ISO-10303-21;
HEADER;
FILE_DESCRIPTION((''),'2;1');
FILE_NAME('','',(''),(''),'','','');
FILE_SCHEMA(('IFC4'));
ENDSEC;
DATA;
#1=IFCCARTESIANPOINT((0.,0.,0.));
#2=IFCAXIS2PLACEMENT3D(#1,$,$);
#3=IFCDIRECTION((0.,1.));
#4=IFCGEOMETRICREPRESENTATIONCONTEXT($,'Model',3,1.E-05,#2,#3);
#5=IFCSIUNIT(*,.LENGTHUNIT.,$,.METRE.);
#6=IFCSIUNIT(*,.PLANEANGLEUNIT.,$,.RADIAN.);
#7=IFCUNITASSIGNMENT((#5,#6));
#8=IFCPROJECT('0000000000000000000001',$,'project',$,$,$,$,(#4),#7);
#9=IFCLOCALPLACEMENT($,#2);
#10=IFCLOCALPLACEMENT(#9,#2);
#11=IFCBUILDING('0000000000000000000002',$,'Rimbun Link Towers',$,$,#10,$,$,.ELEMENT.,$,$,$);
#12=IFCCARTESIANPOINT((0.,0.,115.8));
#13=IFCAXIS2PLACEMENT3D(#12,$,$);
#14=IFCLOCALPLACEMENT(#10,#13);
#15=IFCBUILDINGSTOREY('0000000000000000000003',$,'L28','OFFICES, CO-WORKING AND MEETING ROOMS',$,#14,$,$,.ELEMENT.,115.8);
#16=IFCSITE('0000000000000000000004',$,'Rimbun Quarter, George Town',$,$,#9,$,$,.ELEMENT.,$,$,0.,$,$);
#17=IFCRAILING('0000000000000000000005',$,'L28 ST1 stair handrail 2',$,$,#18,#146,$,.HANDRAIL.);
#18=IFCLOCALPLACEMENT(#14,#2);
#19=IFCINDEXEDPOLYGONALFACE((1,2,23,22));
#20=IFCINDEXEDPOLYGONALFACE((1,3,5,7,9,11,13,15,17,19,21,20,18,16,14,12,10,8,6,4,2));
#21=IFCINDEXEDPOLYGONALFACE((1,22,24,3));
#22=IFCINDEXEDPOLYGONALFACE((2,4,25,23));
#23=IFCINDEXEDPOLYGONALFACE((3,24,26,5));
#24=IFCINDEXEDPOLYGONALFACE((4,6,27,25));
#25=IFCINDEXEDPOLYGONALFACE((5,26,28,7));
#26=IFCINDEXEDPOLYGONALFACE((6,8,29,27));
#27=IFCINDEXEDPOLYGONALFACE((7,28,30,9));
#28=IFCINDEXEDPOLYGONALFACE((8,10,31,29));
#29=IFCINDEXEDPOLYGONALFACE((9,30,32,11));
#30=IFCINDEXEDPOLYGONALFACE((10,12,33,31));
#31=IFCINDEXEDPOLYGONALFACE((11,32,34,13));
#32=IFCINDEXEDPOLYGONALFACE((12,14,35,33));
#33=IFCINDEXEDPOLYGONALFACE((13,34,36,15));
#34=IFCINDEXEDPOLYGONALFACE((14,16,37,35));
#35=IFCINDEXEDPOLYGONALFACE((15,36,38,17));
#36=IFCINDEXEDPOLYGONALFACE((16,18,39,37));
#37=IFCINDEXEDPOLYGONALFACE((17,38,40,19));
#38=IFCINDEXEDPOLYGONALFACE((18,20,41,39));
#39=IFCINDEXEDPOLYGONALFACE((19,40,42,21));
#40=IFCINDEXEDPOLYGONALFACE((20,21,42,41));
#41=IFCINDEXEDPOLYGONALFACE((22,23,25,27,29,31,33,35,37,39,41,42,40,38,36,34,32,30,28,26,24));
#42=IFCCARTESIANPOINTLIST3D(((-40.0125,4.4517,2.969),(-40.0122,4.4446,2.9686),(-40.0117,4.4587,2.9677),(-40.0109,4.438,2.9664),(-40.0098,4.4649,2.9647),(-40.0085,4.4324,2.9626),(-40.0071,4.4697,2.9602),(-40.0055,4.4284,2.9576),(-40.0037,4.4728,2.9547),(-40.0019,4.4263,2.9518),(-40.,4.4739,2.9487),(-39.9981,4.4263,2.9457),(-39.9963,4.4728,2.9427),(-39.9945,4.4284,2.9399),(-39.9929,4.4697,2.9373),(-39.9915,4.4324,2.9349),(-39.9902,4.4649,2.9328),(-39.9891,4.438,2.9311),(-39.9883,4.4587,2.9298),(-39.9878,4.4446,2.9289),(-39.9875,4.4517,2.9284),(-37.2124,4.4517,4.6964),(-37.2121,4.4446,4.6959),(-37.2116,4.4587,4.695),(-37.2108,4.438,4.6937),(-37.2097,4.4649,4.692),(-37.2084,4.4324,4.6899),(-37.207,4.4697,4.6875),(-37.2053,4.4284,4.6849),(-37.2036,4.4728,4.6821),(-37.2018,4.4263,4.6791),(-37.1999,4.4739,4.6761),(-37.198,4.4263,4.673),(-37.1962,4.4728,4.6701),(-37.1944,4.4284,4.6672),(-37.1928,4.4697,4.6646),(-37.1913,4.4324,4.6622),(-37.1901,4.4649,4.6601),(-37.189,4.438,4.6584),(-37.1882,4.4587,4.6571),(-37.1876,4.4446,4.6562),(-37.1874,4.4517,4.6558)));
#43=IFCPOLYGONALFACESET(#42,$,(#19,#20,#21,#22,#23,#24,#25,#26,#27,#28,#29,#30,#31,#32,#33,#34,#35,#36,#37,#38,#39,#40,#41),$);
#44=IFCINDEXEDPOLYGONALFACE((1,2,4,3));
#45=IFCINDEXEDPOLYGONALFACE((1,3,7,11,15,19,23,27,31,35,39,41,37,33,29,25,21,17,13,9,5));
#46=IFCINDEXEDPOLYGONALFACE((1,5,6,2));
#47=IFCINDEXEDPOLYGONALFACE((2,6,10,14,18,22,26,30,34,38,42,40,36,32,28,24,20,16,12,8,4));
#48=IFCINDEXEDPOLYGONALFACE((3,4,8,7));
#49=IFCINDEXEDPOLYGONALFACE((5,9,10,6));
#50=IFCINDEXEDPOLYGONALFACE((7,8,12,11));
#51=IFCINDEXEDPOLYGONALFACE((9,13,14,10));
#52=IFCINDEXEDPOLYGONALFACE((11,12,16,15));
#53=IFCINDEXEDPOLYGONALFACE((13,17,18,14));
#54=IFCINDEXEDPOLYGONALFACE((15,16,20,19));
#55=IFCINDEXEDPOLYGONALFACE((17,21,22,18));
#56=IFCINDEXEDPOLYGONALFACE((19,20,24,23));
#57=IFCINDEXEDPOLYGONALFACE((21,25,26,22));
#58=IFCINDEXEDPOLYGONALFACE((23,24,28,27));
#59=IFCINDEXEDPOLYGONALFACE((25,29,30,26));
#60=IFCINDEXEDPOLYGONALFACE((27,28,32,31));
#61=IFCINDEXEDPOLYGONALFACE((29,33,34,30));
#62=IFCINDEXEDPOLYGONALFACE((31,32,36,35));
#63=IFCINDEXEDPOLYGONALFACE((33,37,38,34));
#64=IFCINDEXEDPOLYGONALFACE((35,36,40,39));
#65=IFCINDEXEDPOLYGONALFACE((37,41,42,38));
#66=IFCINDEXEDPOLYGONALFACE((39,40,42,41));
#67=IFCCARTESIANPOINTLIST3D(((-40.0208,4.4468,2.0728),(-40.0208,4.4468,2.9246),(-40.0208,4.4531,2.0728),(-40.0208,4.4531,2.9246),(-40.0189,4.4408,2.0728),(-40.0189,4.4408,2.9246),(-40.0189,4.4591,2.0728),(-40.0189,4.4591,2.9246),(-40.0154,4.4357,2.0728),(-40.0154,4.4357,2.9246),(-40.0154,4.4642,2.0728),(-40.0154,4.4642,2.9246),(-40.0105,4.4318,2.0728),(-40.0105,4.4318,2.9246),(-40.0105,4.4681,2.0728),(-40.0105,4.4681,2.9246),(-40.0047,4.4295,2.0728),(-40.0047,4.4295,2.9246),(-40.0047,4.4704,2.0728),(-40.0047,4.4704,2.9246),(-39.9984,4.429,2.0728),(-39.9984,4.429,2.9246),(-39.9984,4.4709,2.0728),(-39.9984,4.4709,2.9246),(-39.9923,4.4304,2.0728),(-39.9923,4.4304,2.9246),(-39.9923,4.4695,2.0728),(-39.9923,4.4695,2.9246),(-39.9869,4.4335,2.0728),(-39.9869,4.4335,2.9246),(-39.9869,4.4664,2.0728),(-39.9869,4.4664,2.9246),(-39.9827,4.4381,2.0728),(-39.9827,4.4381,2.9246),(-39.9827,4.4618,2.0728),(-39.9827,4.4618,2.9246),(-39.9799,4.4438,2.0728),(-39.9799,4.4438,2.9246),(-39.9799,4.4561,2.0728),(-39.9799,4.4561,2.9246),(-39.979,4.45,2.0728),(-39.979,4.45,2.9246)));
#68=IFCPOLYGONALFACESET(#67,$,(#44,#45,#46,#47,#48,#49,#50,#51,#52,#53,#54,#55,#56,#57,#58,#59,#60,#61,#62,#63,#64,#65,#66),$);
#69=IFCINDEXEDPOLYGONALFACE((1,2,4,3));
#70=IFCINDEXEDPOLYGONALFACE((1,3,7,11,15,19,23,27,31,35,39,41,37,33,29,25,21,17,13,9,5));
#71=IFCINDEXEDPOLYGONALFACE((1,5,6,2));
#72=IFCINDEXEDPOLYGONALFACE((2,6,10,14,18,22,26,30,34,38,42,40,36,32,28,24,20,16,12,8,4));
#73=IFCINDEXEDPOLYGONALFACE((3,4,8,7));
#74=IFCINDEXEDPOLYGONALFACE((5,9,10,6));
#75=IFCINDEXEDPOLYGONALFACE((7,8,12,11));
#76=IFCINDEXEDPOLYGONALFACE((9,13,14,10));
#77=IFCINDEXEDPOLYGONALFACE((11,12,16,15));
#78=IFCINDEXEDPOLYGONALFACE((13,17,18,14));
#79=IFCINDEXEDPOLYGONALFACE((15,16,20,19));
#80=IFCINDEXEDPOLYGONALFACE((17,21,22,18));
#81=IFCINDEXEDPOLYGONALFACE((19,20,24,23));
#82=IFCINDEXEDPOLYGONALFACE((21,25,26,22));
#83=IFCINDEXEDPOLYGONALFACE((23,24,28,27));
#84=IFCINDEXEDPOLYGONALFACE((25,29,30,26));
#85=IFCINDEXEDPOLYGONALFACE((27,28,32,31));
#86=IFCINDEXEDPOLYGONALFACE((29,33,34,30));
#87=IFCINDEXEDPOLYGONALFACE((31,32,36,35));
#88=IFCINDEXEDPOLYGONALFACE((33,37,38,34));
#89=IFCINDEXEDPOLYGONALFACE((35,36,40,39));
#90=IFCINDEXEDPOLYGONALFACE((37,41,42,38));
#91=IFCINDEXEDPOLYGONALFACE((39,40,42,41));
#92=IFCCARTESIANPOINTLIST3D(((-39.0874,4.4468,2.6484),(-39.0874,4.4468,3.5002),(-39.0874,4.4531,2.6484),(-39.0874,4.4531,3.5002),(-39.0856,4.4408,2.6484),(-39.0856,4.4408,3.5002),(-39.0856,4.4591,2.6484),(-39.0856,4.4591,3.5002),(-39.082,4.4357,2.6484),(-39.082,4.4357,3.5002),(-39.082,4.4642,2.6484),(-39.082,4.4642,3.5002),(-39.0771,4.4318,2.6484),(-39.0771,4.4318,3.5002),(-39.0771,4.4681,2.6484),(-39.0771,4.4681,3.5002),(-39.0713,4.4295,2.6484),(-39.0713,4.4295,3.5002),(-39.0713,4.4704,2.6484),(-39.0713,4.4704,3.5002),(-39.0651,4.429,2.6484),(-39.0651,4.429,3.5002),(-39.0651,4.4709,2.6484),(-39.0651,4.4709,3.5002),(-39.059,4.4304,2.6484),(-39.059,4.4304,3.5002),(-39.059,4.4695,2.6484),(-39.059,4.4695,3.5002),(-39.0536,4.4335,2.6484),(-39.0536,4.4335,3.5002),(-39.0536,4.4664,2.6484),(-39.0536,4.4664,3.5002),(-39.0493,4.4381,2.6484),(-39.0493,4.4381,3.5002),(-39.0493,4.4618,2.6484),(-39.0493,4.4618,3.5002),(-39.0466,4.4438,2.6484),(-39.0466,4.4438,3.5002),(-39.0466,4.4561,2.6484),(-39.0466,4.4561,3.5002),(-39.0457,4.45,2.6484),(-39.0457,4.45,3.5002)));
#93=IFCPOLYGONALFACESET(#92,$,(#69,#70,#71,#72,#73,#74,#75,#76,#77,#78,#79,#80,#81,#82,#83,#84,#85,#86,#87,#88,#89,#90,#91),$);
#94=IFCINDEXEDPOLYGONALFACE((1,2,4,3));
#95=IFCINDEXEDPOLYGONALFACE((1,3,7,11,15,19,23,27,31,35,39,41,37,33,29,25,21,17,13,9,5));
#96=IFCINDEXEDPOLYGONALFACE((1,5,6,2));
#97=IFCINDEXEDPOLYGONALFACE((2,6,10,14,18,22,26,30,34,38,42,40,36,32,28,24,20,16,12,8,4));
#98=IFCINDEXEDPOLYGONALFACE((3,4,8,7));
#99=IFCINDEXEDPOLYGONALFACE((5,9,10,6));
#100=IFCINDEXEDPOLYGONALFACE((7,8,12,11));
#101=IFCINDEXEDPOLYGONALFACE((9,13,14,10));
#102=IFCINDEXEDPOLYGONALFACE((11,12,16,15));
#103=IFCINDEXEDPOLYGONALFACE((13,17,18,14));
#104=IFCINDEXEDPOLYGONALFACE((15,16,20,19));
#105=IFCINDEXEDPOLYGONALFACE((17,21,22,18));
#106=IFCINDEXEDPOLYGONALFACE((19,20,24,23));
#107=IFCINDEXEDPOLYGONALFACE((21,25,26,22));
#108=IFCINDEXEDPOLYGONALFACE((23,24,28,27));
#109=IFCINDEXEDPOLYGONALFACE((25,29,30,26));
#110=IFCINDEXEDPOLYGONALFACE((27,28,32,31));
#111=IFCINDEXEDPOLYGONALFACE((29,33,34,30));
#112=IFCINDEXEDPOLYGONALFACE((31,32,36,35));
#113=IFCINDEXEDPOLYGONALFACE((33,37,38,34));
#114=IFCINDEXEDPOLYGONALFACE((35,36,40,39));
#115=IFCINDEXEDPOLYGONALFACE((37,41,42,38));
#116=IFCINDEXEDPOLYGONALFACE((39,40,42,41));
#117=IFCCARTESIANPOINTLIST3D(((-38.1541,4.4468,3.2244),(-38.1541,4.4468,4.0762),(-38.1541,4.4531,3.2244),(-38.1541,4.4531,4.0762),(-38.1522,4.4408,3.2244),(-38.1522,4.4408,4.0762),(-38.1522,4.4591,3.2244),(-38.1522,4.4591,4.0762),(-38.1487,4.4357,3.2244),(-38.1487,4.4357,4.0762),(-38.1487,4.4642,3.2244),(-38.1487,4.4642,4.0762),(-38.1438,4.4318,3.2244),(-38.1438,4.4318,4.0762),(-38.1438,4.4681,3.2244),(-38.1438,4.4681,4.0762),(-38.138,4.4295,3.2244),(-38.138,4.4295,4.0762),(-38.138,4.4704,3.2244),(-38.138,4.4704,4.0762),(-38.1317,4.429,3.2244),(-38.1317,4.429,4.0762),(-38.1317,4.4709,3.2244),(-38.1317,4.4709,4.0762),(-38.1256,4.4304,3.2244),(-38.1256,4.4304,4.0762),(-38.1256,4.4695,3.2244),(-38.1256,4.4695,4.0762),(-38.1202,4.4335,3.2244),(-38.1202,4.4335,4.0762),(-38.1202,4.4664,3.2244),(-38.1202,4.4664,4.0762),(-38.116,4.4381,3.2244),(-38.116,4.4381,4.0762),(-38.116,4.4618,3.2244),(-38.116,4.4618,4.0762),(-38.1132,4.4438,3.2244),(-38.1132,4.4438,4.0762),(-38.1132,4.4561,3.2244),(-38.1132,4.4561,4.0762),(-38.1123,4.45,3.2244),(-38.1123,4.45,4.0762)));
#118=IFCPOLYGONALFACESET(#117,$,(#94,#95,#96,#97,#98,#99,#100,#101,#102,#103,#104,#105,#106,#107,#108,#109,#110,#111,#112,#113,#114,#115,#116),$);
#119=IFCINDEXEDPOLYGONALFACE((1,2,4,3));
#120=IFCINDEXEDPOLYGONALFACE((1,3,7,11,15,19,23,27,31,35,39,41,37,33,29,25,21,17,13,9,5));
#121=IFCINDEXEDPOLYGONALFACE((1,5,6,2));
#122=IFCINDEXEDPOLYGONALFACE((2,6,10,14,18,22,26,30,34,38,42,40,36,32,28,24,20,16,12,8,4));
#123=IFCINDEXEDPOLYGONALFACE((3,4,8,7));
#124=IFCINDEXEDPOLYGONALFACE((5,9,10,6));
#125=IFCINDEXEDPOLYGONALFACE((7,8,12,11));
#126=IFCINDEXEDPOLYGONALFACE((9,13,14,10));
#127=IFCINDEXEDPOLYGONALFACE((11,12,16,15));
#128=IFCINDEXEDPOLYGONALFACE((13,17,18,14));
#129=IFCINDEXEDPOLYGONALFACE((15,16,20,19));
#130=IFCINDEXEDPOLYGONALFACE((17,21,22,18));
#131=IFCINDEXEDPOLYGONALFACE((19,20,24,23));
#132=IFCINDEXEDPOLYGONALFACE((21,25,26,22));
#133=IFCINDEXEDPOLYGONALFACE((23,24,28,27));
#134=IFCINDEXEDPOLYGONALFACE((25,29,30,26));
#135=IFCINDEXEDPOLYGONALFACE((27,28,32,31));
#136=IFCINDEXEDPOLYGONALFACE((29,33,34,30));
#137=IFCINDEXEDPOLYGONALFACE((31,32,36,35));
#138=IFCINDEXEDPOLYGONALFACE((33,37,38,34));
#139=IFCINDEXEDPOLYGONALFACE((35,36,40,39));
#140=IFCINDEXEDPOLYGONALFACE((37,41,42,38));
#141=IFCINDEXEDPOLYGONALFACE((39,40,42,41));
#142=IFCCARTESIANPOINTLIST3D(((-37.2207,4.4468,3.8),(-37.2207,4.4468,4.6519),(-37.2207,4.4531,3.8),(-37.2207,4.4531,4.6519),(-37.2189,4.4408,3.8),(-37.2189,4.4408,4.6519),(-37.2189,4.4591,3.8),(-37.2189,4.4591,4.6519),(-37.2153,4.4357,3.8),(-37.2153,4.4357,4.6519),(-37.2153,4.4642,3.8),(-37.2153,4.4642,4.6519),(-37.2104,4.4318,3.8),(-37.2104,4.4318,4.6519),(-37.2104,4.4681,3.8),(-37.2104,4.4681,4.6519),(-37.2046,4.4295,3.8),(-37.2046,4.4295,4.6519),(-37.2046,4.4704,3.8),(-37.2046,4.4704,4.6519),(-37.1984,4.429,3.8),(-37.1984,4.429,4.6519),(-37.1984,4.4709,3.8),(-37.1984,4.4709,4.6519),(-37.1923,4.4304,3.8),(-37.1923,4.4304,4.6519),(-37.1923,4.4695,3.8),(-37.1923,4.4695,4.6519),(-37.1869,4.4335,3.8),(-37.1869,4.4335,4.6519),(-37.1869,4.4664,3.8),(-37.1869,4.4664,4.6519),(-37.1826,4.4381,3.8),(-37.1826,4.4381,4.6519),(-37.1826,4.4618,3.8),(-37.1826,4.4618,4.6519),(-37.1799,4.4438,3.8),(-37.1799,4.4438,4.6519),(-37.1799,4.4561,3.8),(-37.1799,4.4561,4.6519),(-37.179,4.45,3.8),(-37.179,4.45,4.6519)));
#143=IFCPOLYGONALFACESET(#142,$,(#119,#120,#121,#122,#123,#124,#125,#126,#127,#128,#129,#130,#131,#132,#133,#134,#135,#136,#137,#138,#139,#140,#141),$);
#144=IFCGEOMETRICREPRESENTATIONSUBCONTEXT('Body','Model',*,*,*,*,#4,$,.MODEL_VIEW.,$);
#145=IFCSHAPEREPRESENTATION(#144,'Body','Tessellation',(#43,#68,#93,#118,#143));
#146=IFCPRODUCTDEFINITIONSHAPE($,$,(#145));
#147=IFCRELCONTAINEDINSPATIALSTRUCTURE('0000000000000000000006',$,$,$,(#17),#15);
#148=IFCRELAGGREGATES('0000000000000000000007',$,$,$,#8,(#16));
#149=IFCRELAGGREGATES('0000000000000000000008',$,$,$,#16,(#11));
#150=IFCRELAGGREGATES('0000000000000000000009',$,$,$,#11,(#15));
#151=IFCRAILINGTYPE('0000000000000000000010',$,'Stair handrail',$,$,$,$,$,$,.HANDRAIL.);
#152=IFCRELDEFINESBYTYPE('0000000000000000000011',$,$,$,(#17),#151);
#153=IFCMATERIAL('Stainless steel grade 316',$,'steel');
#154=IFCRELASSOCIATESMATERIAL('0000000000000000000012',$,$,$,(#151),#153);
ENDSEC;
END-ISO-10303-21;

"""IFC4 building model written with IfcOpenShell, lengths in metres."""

from ifc_helpers import new_model, si_unit, direction, frame, origin, origin_2d, place, context, subcontext, project, spatial, circle, extrude, material, type_object, element, save


model = new_model("IFC4")

# Units and contexts
model_context = context("Model", 3, precision=1e-05, world=origin(), true_north=direction((0.0, 1.0)))
body_context = subcontext(model_context, "Body", "Model", "MODEL_VIEW")
ifc_project = project(units=[si_unit("LENGTHUNIT", "METRE"), si_unit("PLANEANGLEUNIT", "RADIAN")], contexts=[model_context])

# Site, building, storey
site_placement = place(None, origin())
site = spatial("IfcSite", under=ifc_project, at=site_placement, Name="Rimbun Quarter, George Town", CompositionType="ELEMENT", RefElevation=0.0)
building_placement = place(site_placement, origin())
building = spatial("IfcBuilding", under=site, at=building_placement, Name="Rimbun Link Towers", CompositionType="ELEMENT")
storey_placement = place(building_placement, frame((0.0, 0.0, 115.8)))
storey = spatial("IfcBuildingStorey", under=building, at=storey_placement, Name="L28", Description="OFFICES, CO-WORKING AND MEETING ROOMS", CompositionType="ELEMENT", Elevation=115.8)

# Railing
ifc_material_1 = material(Name="Stainless steel grade 316", Category="steel")
railing_type_1 = type_object("IfcRailingType", Name="Stair handrail", PredefinedType="HANDRAIL", material=ifc_material_1)
railing_1_placement = place(storey_placement, frame((-40.0, 4.45, 2.0728)))
element("IfcRailing", 1, at=railing_1_placement, inside=storey, type_object=railing_type_1, Name="L28 ST1 stair handrail 2", PredefinedType="HANDRAIL", context=body_context, shape_type="SweptSolid", body=[
    extrude(circle(Radius=0.0239, at=origin_2d()), frame((0.0, 0.0, 0.876), z_axis=(0.85109, 0.0, 0.52502), x_axis=(0.0, 1.0, 0.0)), (0.0, 0.0, 1.0), 3.29),
    extrude(circle(Radius=0.021, at=origin_2d()), origin(), (0.0, 0.0, 1.0), 0.8518),
    extrude(circle(Radius=0.021, at=origin_2d()), frame((0.9333, 0.0, 0.5757)), (0.0, 0.0, 1.0), 0.8518),
    extrude(circle(Radius=0.021, at=origin_2d()), frame((1.8667, 0.0, 1.1516)), (0.0, 0.0, 1.0), 0.8518),
    extrude(circle(Radius=0.021, at=origin_2d()), frame((2.8, 0.0, 1.7273)), (0.0, 0.0, 1.0), 0.8518),
])

save(model, "model.ifc")
